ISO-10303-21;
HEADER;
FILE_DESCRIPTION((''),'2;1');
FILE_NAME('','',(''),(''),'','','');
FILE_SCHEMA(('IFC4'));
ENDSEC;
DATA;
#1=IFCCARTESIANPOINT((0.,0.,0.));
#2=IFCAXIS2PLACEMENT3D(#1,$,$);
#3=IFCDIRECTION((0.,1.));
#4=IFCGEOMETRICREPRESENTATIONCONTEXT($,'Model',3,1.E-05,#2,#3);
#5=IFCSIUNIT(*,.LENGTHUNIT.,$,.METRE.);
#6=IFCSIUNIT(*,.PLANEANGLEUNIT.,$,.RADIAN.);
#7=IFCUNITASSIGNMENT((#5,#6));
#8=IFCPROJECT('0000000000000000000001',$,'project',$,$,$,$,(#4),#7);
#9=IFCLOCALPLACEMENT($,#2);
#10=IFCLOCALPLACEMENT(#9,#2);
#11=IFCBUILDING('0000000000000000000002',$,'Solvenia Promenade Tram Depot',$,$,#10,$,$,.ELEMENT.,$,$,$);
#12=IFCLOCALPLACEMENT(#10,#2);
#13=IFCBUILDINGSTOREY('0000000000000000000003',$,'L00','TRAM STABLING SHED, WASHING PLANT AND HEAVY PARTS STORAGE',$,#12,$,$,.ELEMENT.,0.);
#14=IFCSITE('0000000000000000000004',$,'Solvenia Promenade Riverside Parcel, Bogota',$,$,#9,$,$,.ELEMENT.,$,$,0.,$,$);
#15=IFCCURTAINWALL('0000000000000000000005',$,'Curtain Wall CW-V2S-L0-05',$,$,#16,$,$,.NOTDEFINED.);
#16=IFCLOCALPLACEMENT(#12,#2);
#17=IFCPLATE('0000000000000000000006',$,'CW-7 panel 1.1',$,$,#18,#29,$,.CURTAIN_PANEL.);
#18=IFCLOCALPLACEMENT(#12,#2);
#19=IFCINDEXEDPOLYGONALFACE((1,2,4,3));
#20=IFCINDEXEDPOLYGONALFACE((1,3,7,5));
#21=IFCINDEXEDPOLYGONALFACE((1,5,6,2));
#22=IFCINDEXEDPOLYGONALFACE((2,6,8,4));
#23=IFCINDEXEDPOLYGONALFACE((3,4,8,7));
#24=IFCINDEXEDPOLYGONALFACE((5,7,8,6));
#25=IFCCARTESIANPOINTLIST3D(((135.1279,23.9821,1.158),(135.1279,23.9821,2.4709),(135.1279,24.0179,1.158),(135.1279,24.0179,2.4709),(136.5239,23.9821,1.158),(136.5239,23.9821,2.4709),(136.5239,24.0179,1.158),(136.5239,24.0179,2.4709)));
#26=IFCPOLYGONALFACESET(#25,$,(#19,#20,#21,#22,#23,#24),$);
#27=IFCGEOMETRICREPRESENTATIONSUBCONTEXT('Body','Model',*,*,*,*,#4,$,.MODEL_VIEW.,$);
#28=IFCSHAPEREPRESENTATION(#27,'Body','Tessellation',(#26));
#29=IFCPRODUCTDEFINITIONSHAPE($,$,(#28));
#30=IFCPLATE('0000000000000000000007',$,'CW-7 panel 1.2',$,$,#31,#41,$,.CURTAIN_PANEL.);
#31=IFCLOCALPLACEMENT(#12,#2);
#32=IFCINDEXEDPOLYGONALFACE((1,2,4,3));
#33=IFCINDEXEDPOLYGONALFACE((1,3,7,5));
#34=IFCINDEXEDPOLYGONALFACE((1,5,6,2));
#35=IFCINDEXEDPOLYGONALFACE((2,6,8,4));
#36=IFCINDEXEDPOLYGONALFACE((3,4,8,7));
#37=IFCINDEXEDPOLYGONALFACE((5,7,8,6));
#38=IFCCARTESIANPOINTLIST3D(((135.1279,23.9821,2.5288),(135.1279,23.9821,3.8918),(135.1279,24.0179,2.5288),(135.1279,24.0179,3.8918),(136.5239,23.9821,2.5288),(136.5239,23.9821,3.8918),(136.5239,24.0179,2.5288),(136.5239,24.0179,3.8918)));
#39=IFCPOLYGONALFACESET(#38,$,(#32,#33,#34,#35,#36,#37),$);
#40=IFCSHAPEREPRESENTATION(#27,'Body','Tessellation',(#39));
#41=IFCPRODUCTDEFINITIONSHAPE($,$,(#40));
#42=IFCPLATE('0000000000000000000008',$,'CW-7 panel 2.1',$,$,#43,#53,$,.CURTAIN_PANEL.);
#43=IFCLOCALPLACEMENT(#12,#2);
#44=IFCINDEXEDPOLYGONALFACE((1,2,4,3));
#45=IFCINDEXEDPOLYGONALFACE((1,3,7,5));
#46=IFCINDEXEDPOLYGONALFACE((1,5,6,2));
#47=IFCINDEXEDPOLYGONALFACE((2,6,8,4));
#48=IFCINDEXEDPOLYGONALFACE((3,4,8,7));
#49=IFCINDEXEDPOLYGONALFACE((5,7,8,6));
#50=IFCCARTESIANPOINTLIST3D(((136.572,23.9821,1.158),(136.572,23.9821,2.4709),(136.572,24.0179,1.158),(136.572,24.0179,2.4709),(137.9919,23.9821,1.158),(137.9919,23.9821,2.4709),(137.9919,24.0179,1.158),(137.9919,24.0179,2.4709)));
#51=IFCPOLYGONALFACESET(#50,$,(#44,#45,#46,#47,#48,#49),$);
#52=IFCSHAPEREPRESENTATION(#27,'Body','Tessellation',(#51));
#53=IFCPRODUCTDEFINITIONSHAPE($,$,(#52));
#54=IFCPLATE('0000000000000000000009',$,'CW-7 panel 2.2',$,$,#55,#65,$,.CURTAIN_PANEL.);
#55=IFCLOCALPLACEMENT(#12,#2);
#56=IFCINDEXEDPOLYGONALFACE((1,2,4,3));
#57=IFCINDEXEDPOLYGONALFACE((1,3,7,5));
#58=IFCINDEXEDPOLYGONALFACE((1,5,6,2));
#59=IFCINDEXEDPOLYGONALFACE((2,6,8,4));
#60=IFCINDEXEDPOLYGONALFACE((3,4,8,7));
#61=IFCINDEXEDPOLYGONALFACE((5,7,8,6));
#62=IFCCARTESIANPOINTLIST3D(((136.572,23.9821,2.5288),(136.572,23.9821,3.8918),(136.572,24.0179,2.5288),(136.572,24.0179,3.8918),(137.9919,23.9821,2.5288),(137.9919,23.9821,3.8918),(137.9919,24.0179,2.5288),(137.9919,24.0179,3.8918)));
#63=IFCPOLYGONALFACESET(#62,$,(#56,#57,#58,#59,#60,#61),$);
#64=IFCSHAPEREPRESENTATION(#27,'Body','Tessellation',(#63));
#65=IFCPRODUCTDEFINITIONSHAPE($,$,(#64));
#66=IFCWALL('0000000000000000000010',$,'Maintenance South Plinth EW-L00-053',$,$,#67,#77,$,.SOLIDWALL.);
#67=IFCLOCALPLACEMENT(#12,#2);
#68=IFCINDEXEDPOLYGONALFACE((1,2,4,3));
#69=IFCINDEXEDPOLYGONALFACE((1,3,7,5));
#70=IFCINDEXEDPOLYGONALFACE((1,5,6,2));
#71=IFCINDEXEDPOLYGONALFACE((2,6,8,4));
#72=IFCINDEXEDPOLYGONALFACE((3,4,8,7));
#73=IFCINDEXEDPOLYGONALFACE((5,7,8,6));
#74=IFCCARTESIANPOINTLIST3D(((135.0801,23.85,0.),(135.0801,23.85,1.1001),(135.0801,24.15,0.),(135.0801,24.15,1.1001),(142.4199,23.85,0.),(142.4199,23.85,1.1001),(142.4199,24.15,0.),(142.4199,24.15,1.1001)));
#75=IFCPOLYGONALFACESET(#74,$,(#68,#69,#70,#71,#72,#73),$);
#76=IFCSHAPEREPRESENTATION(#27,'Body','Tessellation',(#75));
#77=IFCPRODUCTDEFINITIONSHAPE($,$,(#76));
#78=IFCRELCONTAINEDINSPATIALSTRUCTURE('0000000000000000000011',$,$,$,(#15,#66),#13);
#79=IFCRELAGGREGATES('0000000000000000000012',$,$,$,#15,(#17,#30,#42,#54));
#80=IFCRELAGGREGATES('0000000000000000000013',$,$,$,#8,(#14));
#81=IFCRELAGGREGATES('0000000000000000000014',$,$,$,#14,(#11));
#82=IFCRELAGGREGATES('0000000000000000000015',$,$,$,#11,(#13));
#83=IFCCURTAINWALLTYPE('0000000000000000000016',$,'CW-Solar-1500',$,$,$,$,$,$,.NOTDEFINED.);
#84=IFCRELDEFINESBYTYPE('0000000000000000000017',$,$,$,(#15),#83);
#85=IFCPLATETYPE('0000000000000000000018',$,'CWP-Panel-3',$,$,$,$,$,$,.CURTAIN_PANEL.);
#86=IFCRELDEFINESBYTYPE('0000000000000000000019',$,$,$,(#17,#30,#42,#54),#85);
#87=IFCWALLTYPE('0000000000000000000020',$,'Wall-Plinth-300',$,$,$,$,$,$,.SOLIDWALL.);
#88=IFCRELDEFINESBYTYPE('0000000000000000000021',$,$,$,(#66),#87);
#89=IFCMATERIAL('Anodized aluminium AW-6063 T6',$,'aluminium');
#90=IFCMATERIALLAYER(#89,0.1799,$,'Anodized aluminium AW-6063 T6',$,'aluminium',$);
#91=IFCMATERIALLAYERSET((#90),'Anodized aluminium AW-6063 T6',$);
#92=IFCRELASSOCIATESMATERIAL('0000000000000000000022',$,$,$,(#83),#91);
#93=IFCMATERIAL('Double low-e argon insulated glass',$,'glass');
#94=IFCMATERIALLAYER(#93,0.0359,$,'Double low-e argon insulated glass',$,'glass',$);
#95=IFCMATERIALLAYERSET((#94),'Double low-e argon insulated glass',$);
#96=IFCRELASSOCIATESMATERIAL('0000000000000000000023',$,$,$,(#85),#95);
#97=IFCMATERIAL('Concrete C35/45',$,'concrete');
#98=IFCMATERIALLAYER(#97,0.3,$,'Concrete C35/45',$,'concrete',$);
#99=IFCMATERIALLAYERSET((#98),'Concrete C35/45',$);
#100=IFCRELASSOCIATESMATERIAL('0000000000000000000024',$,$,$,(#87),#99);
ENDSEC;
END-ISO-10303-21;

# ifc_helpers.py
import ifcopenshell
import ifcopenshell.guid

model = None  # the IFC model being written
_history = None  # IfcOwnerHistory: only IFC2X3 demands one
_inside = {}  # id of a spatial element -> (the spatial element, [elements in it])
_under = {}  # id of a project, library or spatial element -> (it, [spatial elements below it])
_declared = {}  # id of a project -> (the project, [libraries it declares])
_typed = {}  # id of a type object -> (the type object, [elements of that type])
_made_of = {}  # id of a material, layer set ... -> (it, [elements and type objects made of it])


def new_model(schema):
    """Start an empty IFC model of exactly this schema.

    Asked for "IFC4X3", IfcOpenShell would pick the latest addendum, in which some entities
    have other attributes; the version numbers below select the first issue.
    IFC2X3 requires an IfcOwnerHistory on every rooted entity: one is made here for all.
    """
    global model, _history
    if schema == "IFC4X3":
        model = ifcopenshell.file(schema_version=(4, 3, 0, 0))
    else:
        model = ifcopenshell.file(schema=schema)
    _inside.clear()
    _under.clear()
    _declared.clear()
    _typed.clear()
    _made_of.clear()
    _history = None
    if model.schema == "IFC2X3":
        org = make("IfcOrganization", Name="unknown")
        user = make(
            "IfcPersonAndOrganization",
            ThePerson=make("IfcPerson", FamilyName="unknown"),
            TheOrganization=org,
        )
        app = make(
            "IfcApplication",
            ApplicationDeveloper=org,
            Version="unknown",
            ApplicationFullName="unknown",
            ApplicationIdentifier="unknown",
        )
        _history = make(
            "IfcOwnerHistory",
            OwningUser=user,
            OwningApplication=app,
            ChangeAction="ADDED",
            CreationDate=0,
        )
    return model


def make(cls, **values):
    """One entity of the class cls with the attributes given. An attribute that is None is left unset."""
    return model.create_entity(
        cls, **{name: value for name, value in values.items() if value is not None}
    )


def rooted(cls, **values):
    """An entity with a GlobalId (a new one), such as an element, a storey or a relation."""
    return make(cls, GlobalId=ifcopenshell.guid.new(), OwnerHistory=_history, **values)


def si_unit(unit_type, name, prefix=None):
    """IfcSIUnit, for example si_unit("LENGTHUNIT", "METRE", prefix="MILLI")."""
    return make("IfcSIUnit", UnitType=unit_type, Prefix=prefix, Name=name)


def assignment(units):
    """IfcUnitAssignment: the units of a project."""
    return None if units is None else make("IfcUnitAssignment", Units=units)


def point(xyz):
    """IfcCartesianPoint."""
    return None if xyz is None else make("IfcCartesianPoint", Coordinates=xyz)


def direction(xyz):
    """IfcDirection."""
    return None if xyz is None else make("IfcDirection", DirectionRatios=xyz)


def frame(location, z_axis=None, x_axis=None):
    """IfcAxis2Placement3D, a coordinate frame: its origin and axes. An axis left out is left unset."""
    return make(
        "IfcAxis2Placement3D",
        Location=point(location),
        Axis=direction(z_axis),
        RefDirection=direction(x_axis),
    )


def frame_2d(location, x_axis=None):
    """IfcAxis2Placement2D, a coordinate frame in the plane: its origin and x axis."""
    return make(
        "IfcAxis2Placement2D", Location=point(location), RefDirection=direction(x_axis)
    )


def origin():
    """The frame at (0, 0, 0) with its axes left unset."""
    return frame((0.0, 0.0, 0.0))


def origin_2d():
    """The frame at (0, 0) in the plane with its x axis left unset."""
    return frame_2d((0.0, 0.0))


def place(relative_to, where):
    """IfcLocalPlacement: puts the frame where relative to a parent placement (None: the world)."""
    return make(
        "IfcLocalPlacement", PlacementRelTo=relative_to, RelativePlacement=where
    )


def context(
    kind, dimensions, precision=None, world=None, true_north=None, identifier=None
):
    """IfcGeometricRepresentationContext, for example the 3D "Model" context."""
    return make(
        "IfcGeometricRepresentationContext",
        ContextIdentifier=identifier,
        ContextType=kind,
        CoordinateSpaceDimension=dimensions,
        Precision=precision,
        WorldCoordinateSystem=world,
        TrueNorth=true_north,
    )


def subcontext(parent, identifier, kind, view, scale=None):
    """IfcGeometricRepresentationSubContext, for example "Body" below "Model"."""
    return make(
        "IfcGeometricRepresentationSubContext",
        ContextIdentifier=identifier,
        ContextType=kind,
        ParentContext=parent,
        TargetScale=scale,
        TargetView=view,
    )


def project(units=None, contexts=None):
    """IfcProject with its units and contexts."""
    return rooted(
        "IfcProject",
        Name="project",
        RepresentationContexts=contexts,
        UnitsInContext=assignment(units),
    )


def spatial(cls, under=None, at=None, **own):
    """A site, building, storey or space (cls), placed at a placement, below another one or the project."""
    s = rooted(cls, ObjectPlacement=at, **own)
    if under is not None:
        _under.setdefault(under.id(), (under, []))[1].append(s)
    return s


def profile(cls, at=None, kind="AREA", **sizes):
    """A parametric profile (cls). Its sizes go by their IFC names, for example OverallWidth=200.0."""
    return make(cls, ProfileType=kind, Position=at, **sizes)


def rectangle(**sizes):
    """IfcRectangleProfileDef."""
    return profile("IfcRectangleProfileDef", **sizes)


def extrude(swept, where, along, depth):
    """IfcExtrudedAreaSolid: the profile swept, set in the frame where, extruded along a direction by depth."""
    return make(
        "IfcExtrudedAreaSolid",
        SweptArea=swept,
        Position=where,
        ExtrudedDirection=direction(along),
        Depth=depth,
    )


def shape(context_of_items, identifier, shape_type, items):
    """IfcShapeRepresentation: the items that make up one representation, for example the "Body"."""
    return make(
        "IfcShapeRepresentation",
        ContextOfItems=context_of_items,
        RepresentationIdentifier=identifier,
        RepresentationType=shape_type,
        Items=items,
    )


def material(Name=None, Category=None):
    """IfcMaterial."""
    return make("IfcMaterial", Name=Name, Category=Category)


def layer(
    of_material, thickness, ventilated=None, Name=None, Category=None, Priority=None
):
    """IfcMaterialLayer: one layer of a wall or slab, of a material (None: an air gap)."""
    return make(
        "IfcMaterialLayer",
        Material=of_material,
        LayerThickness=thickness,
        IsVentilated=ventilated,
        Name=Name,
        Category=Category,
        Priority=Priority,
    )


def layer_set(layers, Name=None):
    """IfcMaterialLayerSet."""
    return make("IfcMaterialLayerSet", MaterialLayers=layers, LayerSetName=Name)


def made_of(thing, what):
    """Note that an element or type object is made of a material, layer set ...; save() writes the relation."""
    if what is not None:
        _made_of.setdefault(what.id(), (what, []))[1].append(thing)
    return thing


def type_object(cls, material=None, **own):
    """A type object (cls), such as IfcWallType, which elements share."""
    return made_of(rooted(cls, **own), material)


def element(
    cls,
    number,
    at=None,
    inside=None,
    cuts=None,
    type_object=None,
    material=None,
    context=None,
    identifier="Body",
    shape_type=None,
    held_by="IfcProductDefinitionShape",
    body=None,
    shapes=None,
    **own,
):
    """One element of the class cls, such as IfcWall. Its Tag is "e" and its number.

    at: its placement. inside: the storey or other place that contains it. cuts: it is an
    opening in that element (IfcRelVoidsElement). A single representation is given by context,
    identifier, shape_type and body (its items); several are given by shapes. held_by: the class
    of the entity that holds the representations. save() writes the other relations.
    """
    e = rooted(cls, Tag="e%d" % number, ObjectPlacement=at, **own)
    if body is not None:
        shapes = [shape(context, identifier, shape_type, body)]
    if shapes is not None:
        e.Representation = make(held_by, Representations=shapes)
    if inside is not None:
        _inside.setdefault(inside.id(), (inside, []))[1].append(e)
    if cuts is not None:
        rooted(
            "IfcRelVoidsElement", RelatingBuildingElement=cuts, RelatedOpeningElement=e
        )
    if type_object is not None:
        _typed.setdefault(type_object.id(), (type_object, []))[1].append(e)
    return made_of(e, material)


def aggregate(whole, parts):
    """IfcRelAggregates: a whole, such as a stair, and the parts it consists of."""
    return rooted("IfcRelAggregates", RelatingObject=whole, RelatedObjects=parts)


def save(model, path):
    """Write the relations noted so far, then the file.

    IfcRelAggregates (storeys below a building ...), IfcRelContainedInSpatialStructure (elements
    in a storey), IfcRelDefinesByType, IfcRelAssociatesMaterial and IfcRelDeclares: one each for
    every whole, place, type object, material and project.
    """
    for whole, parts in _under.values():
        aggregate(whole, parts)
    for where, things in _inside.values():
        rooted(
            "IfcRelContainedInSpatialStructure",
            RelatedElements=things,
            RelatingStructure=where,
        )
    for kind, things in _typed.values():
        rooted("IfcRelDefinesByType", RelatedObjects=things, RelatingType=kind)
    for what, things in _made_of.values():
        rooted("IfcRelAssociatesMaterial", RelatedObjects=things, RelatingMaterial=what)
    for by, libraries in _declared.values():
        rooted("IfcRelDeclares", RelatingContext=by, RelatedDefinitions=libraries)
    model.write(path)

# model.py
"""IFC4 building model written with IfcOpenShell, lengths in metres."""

from ifc_helpers import new_model, si_unit, direction, frame, frame_2d, origin, origin_2d, place, context, subcontext, project, spatial, rectangle, extrude, material, layer, layer_set, type_object, element, aggregate, save


model = new_model("IFC4")

# Units and contexts
model_context = context("Model", 3, precision=1e-05, world=origin(), true_north=direction((0.0, 1.0)))
body_context = subcontext(model_context, "Body", "Model", "MODEL_VIEW")
ifc_project = project(units=[si_unit("LENGTHUNIT", "METRE"), si_unit("PLANEANGLEUNIT", "RADIAN")], contexts=[model_context])

# Site, building, storey
site_placement = place(None, origin())
site = spatial("IfcSite", under=ifc_project, at=site_placement, Name="Solvenia Promenade Riverside Parcel, Bogota", CompositionType="ELEMENT", RefElevation=0.0)
building_placement = place(site_placement, origin())
building = spatial("IfcBuilding", under=site, at=building_placement, Name="Solvenia Promenade Tram Depot", CompositionType="ELEMENT")
storey_placement = place(building_placement, origin())
storey = spatial("IfcBuildingStorey", under=building, at=storey_placement, Name="L00", Description="TRAM STABLING SHED, WASHING PLANT AND HEAVY PARTS STORAGE", CompositionType="ELEMENT", Elevation=0.0)

# Curtain wall
ifc_material_1 = material(Name="Anodized aluminium AW-6063 T6", Category="aluminium")
ifc_layer_1 = layer(ifc_material_1, 0.1799, Name="Anodized aluminium AW-6063 T6", Category="aluminium")
ifc_layer_set_1 = layer_set([ifc_layer_1], Name="Anodized aluminium AW-6063 T6")
curtain_wall_type_1 = type_object("IfcCurtainWallType", Name="CW-Solar-1500", PredefinedType="NOTDEFINED", material=ifc_layer_set_1)
curtain_wall_1_placement = place(storey_placement, origin())
curtain_wall_1 = element("IfcCurtainWall", 1, at=curtain_wall_1_placement, inside=storey, type_object=curtain_wall_type_1, Name="Curtain Wall CW-V2S-L0-05", PredefinedType="NOTDEFINED")

# Plates
ifc_material_2 = material(Name="Double low-e argon insulated glass", Category="glass")
ifc_layer_2 = layer(ifc_material_2, 0.0359, Name="Double low-e argon insulated glass", Category="glass")
ifc_layer_set_2 = layer_set([ifc_layer_2], Name="Double low-e argon insulated glass")
plate_type_1 = type_object("IfcPlateType", Name="CWP-Panel-3", PredefinedType="CURTAIN_PANEL", material=ifc_layer_set_2)
plate_1_placement = place(storey_placement, frame((135.8259, 24.0, 1.158), z_axis=(0.0, 0.0, 1.0), x_axis=(1.0, 0.0, 0.0)))
plate_1 = element("IfcPlate", 2, at=plate_1_placement, type_object=plate_type_1, Name="CW-7 panel 1.1", PredefinedType="CURTAIN_PANEL", context=body_context, shape_type="SweptSolid", body=[
    extrude(rectangle(XDim=1.396, YDim=0.0359, at=origin_2d()), origin(), (0.0, 0.0, 1.0), 1.313),
])
plate_2_placement = place(storey_placement, frame((135.8259, 24.0, 2.5288), z_axis=(0.0, 0.0, 1.0), x_axis=(1.0, 0.0, 0.0)))
plate_2 = element("IfcPlate", 3, at=plate_2_placement, type_object=plate_type_1, Name="CW-7 panel 1.2", PredefinedType="CURTAIN_PANEL", context=body_context, shape_type="SweptSolid", body=[
    extrude(rectangle(XDim=1.396, YDim=0.0359, at=origin_2d()), origin(), (0.0, 0.0, 1.0), 1.363),
])
plate_3_placement = place(storey_placement, frame((137.282, 24.0, 1.158), z_axis=(0.0, 0.0, 1.0), x_axis=(1.0, 0.0, 0.0)))
plate_3 = element("IfcPlate", 4, at=plate_3_placement, type_object=plate_type_1, Name="CW-7 panel 2.1", PredefinedType="CURTAIN_PANEL", context=body_context, shape_type="SweptSolid", body=[
    extrude(rectangle(XDim=1.4199, YDim=0.0359, at=origin_2d()), origin(), (0.0, 0.0, 1.0), 1.313),
])
plate_4_placement = place(storey_placement, frame((137.282, 24.0, 2.5288), z_axis=(0.0, 0.0, 1.0), x_axis=(1.0, 0.0, 0.0)))
plate_4 = element("IfcPlate", 5, at=plate_4_placement, type_object=plate_type_1, Name="CW-7 panel 2.2", PredefinedType="CURTAIN_PANEL", context=body_context, shape_type="SweptSolid", body=[
    extrude(rectangle(XDim=1.4199, YDim=0.0359, at=origin_2d()), origin(), (0.0, 0.0, 1.0), 1.363),
])
aggregate(curtain_wall_1, [plate_1, plate_2, plate_3, plate_4])

# Wall
ifc_material_3 = material(Name="Concrete C35/45", Category="concrete")
ifc_layer_3 = layer(ifc_material_3, 0.3, Name="Concrete C35/45", Category="concrete")
ifc_layer_set_3 = layer_set([ifc_layer_3], Name="Concrete C35/45")
wall_type = type_object("IfcWallType", Name="Wall-Plinth-300", PredefinedType="SOLIDWALL", material=ifc_layer_set_3)
wall_placement = place(storey_placement, frame((135.0801, 24.0, 0.0), z_axis=(0.0, 0.0, 1.0), x_axis=(1.0, 0.0, 0.0)))
element("IfcWall", 6, at=wall_placement, inside=storey, type_object=wall_type, Name="Maintenance South Plinth EW-L00-053", PredefinedType="SOLIDWALL", context=body_context, shape_type="SweptSolid", body=[
    extrude(rectangle(XDim=7.3398, YDim=0.3, at=frame_2d((3.6699, 0.0))), origin(), (0.0, 0.0, 1.0), 1.1001),
])

save(model, "model.ifc")
